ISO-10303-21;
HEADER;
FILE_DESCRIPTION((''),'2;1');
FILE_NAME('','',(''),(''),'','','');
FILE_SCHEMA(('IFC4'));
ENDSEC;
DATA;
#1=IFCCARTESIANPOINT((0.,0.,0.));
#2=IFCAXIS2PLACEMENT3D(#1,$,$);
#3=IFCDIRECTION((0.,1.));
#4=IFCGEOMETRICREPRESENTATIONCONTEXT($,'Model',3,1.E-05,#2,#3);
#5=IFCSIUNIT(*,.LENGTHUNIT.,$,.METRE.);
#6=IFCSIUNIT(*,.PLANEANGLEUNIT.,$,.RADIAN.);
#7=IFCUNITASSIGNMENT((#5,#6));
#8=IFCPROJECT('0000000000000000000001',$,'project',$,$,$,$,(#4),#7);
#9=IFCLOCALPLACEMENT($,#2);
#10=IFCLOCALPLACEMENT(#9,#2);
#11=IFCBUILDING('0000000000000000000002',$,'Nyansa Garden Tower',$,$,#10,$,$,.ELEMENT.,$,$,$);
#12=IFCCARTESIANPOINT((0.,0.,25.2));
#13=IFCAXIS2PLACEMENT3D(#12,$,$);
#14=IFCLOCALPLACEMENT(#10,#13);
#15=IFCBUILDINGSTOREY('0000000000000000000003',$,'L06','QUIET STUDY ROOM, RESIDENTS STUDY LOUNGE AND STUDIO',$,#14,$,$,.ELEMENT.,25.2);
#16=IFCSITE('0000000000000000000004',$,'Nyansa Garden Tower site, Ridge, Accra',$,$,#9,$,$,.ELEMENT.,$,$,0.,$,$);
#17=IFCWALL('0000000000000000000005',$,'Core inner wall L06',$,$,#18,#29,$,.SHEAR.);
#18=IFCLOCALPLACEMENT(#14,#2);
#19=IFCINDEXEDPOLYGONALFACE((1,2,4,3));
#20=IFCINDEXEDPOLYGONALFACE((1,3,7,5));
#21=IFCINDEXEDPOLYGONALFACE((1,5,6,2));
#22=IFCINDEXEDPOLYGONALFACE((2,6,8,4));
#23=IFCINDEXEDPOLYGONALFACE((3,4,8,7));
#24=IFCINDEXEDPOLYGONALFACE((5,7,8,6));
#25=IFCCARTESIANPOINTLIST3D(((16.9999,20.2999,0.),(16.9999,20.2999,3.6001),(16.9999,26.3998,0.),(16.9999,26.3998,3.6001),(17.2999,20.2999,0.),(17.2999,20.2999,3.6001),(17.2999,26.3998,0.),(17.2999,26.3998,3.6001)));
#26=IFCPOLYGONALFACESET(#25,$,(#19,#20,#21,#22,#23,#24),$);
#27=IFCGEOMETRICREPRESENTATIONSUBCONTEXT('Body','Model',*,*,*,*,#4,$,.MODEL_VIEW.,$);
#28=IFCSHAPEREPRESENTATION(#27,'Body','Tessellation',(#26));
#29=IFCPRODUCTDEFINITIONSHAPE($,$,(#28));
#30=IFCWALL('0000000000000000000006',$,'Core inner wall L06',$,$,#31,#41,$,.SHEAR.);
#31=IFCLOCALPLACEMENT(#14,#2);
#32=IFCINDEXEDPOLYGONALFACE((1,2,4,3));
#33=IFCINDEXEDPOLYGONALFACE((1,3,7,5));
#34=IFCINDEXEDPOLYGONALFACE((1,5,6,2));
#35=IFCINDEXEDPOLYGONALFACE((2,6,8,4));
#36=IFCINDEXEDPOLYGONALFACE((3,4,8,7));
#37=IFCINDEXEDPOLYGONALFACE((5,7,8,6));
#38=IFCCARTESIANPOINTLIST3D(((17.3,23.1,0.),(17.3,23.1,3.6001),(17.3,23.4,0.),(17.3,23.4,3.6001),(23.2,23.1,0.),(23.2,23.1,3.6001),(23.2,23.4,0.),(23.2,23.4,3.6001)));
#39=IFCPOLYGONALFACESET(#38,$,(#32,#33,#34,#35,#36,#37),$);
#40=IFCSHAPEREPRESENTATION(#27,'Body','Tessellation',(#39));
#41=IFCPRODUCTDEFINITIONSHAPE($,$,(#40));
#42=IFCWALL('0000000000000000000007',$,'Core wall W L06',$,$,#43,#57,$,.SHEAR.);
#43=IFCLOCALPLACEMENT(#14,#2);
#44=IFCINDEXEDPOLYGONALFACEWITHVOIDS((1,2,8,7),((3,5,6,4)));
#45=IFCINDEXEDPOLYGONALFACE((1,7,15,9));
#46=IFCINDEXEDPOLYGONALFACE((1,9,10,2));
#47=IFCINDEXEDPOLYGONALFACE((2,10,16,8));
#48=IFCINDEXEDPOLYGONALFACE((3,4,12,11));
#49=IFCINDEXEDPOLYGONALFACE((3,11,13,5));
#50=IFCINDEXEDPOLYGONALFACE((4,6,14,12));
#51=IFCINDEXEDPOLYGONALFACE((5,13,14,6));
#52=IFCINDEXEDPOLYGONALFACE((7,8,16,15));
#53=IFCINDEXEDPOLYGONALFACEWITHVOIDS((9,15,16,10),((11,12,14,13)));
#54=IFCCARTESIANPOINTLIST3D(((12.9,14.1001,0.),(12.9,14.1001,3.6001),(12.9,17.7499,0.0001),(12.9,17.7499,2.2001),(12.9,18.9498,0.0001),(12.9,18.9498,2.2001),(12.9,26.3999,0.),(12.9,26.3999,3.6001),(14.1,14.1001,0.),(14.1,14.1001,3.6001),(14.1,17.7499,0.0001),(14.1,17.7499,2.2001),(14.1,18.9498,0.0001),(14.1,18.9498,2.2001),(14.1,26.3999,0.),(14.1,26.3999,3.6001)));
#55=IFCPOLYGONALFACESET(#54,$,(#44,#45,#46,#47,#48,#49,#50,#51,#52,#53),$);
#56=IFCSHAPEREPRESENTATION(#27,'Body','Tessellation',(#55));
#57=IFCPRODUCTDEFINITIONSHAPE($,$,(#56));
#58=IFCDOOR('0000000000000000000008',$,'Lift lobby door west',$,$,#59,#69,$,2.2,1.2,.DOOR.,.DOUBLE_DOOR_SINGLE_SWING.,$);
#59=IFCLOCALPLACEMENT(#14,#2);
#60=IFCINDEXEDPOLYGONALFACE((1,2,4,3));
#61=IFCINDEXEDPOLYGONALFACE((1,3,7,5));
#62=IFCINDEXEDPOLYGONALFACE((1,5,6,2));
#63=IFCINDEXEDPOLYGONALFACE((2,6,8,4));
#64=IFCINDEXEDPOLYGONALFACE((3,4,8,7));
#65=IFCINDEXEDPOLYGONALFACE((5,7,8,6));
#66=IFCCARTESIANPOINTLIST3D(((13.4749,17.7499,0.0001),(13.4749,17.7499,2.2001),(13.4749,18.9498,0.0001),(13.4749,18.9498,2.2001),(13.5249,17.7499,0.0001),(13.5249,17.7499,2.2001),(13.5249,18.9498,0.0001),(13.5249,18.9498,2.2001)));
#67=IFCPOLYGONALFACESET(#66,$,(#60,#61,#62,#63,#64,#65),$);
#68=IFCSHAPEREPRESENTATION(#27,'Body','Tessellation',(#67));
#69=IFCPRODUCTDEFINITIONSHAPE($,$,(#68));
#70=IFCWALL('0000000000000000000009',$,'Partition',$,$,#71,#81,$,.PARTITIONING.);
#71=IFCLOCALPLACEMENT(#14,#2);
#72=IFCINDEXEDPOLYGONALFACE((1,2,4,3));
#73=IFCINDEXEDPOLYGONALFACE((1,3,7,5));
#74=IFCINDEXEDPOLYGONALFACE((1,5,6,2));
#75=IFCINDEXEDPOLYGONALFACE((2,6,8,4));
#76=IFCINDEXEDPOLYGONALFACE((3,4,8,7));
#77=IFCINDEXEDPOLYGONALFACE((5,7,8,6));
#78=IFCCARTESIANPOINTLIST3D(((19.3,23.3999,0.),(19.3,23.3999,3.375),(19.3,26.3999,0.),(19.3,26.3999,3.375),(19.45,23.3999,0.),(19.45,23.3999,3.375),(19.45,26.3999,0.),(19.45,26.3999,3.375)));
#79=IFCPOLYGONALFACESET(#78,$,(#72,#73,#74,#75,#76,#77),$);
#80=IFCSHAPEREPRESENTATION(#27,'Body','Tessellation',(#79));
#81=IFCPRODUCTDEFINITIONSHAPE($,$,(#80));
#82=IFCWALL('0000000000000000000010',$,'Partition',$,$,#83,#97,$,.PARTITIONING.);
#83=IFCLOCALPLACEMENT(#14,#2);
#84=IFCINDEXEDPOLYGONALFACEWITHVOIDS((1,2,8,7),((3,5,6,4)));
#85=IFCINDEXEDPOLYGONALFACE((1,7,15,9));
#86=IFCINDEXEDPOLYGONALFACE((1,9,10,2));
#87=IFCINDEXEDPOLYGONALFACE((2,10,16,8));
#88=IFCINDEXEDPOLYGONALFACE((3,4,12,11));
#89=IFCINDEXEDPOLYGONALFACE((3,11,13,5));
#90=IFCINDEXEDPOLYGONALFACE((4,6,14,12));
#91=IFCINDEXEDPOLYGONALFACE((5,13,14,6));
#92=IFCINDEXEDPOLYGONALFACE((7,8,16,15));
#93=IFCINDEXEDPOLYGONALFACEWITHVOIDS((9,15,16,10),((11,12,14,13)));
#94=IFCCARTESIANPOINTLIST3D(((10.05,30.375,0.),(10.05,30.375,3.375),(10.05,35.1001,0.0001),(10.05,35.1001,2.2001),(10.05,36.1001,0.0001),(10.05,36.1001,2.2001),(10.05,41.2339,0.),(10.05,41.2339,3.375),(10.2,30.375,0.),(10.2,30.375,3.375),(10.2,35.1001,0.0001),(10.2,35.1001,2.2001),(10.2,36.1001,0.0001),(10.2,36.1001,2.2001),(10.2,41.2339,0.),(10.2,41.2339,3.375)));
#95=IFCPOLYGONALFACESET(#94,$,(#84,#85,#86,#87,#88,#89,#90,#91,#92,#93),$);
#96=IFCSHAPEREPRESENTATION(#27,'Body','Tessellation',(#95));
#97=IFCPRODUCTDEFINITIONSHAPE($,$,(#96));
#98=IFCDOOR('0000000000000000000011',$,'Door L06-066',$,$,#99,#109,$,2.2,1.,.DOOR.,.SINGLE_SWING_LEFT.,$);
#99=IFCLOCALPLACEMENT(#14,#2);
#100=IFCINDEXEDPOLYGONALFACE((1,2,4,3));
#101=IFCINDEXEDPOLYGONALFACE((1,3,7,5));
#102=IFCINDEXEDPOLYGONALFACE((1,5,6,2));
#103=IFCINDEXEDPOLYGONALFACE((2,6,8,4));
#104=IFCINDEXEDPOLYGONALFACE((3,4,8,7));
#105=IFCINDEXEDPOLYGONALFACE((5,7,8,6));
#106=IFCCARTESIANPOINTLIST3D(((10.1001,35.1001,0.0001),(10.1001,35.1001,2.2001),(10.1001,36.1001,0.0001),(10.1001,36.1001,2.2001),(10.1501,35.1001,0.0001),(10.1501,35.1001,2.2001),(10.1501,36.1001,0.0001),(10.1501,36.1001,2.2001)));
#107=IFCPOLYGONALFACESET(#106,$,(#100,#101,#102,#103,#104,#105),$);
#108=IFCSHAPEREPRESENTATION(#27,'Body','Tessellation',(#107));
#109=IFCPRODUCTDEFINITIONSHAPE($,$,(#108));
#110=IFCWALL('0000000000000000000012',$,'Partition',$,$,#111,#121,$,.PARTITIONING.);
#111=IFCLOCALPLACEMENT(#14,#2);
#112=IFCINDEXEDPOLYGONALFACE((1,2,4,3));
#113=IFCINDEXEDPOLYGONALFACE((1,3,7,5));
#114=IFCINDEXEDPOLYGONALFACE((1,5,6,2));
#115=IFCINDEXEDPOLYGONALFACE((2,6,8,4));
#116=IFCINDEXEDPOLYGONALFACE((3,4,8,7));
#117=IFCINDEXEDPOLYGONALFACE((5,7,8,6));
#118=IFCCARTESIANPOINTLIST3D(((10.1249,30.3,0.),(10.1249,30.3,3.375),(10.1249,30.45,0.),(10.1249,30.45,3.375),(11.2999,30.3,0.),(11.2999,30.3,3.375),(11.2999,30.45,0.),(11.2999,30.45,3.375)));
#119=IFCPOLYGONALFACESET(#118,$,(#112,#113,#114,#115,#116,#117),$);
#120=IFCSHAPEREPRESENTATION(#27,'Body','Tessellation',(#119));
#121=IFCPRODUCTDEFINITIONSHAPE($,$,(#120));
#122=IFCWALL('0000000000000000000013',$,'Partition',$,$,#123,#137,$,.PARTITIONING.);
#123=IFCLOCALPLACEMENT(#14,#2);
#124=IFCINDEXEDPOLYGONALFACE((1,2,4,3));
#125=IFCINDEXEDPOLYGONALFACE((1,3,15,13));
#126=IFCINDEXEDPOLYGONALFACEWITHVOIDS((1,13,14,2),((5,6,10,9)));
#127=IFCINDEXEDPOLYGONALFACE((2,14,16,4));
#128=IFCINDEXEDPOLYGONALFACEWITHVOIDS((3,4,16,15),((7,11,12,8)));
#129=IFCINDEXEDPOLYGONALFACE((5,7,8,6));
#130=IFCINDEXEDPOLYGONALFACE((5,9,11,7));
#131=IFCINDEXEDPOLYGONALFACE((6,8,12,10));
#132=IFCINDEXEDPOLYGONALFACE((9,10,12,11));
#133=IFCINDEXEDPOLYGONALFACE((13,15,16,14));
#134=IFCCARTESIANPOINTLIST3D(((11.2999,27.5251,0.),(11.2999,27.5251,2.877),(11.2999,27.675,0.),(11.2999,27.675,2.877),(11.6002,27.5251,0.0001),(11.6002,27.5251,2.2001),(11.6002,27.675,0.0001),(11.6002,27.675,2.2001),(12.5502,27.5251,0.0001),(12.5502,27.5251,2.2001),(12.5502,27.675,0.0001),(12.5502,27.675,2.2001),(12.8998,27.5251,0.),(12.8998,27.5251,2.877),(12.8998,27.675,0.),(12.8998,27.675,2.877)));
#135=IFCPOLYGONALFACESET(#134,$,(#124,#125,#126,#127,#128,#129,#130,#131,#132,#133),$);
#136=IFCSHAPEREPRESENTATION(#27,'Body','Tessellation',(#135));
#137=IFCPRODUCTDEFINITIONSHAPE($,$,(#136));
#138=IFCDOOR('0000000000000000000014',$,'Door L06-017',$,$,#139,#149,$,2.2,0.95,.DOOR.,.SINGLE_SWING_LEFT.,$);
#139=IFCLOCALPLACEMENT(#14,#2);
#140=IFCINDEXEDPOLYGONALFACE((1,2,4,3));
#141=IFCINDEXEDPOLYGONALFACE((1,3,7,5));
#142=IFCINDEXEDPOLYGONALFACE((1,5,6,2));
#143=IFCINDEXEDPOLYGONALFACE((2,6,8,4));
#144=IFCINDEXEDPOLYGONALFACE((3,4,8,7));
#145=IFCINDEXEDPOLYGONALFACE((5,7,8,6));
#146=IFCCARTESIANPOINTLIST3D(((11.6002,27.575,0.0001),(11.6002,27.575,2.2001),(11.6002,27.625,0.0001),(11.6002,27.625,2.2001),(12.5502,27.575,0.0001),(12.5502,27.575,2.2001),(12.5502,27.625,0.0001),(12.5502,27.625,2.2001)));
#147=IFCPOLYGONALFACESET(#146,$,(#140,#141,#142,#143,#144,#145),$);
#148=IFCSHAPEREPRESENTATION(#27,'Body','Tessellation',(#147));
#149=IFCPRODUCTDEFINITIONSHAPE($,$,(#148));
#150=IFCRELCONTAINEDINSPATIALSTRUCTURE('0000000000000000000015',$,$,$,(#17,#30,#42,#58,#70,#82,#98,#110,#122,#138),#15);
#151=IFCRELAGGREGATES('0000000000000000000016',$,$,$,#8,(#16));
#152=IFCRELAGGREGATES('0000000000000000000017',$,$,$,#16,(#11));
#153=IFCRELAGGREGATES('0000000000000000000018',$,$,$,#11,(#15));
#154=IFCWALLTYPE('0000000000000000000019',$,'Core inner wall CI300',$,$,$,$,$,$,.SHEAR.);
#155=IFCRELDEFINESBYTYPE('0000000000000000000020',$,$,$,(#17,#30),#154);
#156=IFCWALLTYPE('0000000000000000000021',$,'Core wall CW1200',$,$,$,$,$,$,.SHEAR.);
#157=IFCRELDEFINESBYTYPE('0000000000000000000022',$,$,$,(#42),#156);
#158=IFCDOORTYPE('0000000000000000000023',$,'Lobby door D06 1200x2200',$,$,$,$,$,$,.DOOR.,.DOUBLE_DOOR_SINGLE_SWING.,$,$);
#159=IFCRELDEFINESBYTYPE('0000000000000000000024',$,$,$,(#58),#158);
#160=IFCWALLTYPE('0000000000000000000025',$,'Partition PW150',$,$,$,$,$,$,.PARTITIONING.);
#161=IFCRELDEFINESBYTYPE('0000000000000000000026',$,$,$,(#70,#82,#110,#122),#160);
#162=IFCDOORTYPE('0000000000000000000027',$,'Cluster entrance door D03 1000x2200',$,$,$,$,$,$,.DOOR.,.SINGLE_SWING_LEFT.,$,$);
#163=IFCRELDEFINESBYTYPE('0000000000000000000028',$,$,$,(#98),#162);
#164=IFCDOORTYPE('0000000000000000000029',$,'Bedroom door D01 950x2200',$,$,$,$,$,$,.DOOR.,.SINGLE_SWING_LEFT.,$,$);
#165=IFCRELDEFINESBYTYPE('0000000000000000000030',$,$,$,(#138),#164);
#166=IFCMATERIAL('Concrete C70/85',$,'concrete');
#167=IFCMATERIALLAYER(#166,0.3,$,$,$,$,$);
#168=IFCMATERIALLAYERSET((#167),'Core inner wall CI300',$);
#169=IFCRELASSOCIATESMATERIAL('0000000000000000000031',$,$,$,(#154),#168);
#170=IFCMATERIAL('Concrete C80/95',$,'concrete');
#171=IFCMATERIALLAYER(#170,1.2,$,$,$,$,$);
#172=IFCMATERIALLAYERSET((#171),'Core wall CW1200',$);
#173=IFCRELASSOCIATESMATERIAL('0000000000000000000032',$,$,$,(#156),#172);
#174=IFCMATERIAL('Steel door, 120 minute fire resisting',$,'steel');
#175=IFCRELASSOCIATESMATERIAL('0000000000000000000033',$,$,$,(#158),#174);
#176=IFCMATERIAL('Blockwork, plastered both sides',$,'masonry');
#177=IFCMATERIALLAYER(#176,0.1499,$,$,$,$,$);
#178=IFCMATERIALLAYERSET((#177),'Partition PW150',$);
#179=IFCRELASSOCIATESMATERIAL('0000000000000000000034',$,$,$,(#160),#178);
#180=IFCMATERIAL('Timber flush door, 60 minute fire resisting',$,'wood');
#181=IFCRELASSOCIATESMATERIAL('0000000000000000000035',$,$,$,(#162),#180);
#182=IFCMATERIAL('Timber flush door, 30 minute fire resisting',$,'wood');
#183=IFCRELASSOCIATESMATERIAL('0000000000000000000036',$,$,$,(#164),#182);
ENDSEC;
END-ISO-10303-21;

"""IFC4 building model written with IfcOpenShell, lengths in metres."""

from ifc_helpers import new_model, si_unit, direction, frame, frame_2d, origin, place, context, subcontext, project, spatial, rectangle, extrude, material, layer, layer_set, type_object, element, fill, save


model = new_model("IFC4")

# Units and contexts
model_context = context("Model", 3, precision=1e-05, world=origin(), true_north=direction((0.0, 1.0)))
body_context = subcontext(model_context, "Body", "Model", "MODEL_VIEW")
ifc_project = project(units=[si_unit("LENGTHUNIT", "METRE"), si_unit("PLANEANGLEUNIT", "RADIAN")], contexts=[model_context])

# Site, building, storey
site_placement = place(None, origin())
site = spatial("IfcSite", under=ifc_project, at=site_placement, Name="Nyansa Garden Tower site, Ridge, Accra", CompositionType="ELEMENT", RefElevation=0.0)
building_placement = place(site_placement, origin())
building = spatial("IfcBuilding", under=site, at=building_placement, Name="Nyansa Garden Tower", CompositionType="ELEMENT")
storey_placement = place(building_placement, frame((0.0, 0.0, 25.2)))
storey = spatial("IfcBuildingStorey", under=building, at=storey_placement, Name="L06", Description="QUIET STUDY ROOM, RESIDENTS STUDY LOUNGE AND STUDIO", CompositionType="ELEMENT", Elevation=25.2)

# Walls
ifc_material_1 = material(Name="Concrete C70/85", Category="concrete")
ifc_layer_1 = layer(ifc_material_1, 0.3)
ifc_layer_set_1 = layer_set([ifc_layer_1], Name="Core inner wall CI300")
wall_type_1 = type_object("IfcWallType", Name="Core inner wall CI300", PredefinedType="SHEAR", material=ifc_layer_set_1)
wall_1_placement = place(storey_placement, frame((17.1499, 20.3, 0.0), z_axis=(0.0, 0.0, 1.0), x_axis=(0.0, 1.0, 0.0)))
element("IfcWall", 1, at=wall_1_placement, inside=storey, type_object=wall_type_1, Name="Core inner wall L06", PredefinedType="SHEAR", context=body_context, shape_type="SweptSolid", body=[
    extrude(rectangle(XDim=6.0999, YDim=0.3, at=frame_2d((3.0498, 0.0))), origin(), (0.0, 0.0, 1.0), 3.6001),
])
wall_2_placement = place(storey_placement, frame((17.3, 23.25, 0.0), z_axis=(0.0, 0.0, 1.0), x_axis=(1.0, 0.0, 0.0)))
element("IfcWall", 2, at=wall_2_placement, inside=storey, type_object=wall_type_1, Name="Core inner wall L06", PredefinedType="SHEAR", context=body_context, shape_type="SweptSolid", body=[
    extrude(rectangle(XDim=5.8999, YDim=0.3, at=frame_2d((2.95, 0.0))), origin(), (0.0, 0.0, 1.0), 3.6001),
])

# Wall, opening, door
ifc_material_2 = material(Name="Concrete C80/95", Category="concrete")
ifc_layer_2 = layer(ifc_material_2, 1.2)
ifc_layer_set_2 = layer_set([ifc_layer_2], Name="Core wall CW1200")
wall_type_2 = type_object("IfcWallType", Name="Core wall CW1200", PredefinedType="SHEAR", material=ifc_layer_set_2)
wall_3_placement = place(storey_placement, frame((13.5, 26.3999, 0.0), z_axis=(0.0, 0.0, 1.0), x_axis=(0.0, -1.0, 0.0)))
wall_3 = element("IfcWall", 3, at=wall_3_placement, inside=storey, type_object=wall_type_2, Name="Core wall W L06", PredefinedType="SHEAR", context=body_context, shape_type="SweptSolid", body=[
    extrude(rectangle(XDim=12.2998, YDim=1.2, at=frame_2d((6.1499, 0.0))), origin(), (0.0, 0.0, 1.0), 3.6001),
])
opening_1_placement = place(wall_3_placement, frame((7.45, 0.0, 0.0)))
opening_1 = element("IfcOpeningElement", 4, at=opening_1_placement, cuts=wall_3, PredefinedType="OPENING", context=body_context, shape_type="SweptSolid", body=[
    extrude(rectangle(XDim=1.2, YDim=2.2, at=frame_2d((0.6001, 1.1001))), frame((0.0, 0.6099, 0.0), z_axis=(0.0, -1.0, 0.0), x_axis=(1.0, 0.0, 0.0)), (0.0, 0.0, 1.0), 1.22),
])
ifc_material_3 = material(Name="Steel door, 120 minute fire resisting", Category="steel")
door_type_1 = type_object("IfcDoorType", Name="Lobby door D06 1200x2200", OperationType="DOUBLE_DOOR_SINGLE_SWING", PredefinedType="DOOR", material=ifc_material_3)
door_1_placement = place(opening_1_placement, origin())
door_1 = element("IfcDoor", 5, at=door_1_placement, inside=storey, type_object=door_type_1, Name="Lift lobby door west", OperationType="DOUBLE_DOOR_SINGLE_SWING", OverallHeight=2.2, OverallWidth=1.2, PredefinedType="DOOR", context=body_context, shape_type="SweptSolid", body=[
    extrude(rectangle(XDim=1.2, YDim=2.2, at=frame_2d((0.6001, 1.1001))), frame((0.0, 0.0249, 0.0), z_axis=(0.0, -1.0, 0.0), x_axis=(1.0, 0.0, 0.0)), (0.0, 0.0, 1.0), 0.05),
])
fill(opening_1, door_1)

# Wall
ifc_material_4 = material(Name="Blockwork, plastered both sides", Category="masonry")
ifc_layer_3 = layer(ifc_material_4, 0.1499)
ifc_layer_set_3 = layer_set([ifc_layer_3], Name="Partition PW150")
wall_type_3 = type_object("IfcWallType", Name="Partition PW150", PredefinedType="PARTITIONING", material=ifc_layer_set_3)
wall_4_placement = place(storey_placement, frame((19.375, 23.3999, 0.0), z_axis=(0.0, 0.0, 1.0), x_axis=(0.0, 1.0, 0.0)))
element("IfcWall", 6, at=wall_4_placement, inside=storey, type_object=wall_type_3, Name="Partition", PredefinedType="PARTITIONING", context=body_context, shape_type="SweptSolid", body=[
    extrude(rectangle(XDim=3.0, YDim=0.1499, at=frame_2d((1.5, 0.0))), origin(), (0.0, 0.0, 1.0), 3.375),
])

# Wall, opening, door
wall_5_placement = place(storey_placement, frame((10.125, 30.375, 0.0), z_axis=(0.0, 0.0, 1.0), x_axis=(0.0, 1.0, 0.0)))
wall_5 = element("IfcWall", 7, at=wall_5_placement, inside=storey, type_object=wall_type_3, Name="Partition", PredefinedType="PARTITIONING", context=body_context, shape_type="SweptSolid", body=[
    extrude(rectangle(XDim=10.8589, YDim=0.1499, at=frame_2d((5.4294, 0.0))), origin(), (0.0, 0.0, 1.0), 3.375),
])
opening_2_placement = place(wall_5_placement, frame((4.7251, 0.0, 0.0)))
opening_2 = element("IfcOpeningElement", 8, at=opening_2_placement, cuts=wall_5, PredefinedType="OPENING", context=body_context, shape_type="SweptSolid", body=[
    extrude(rectangle(XDim=1.0, YDim=2.2, at=frame_2d((0.5, 1.1001))), frame((0.0, 0.085, 0.0), z_axis=(0.0, -1.0, 0.0), x_axis=(1.0, 0.0, 0.0)), (0.0, 0.0, 1.0), 0.1699),
])
ifc_material_5 = material(Name="Timber flush door, 60 minute fire resisting", Category="wood")
door_type_2 = type_object("IfcDoorType", Name="Cluster entrance door D03 1000x2200", OperationType="SINGLE_SWING_LEFT", PredefinedType="DOOR", material=ifc_material_5)
door_2_placement = place(opening_2_placement, origin())
door_2 = element("IfcDoor", 9, at=door_2_placement, inside=storey, type_object=door_type_2, Name="Door L06-066", OperationType="SINGLE_SWING_LEFT", OverallHeight=2.2, OverallWidth=1.0, PredefinedType="DOOR", context=body_context, shape_type="SweptSolid", body=[
    extrude(rectangle(XDim=1.0, YDim=2.2, at=frame_2d((0.5, 1.1001))), frame((0.0, 0.0249, 0.0), z_axis=(0.0, -1.0, 0.0), x_axis=(1.0, 0.0, 0.0)), (0.0, 0.0, 1.0), 0.05),
])
fill(opening_2, door_2)

# Wall
wall_6_placement = place(storey_placement, frame((10.125, 30.375, 0.0), z_axis=(0.0, 0.0, 1.0), x_axis=(1.0, 0.0, 0.0)))
element("IfcWall", 10, at=wall_6_placement, inside=storey, type_object=wall_type_3, Name="Partition", PredefinedType="PARTITIONING", context=body_context, shape_type="SweptSolid", body=[
    extrude(rectangle(XDim=1.175, YDim=0.1499, at=frame_2d((0.5874, 0.0))), origin(), (0.0, 0.0, 1.0), 3.375),
])

# Wall, opening, door
wall_7_placement = place(storey_placement, frame((11.3, 27.6001, 0.0), z_axis=(0.0, 0.0, 1.0), x_axis=(1.0, 0.0, 0.0)))
wall_7 = element("IfcWall", 11, at=wall_7_placement, inside=storey, type_object=wall_type_3, Name="Partition", PredefinedType="PARTITIONING", context=body_context, shape_type="SweptSolid", body=[
    extrude(rectangle(XDim=1.5999, YDim=0.1499, at=frame_2d((0.7998, 0.0))), origin(), (0.0, 0.0, 1.0), 2.877),
])
opening_3_placement = place(wall_7_placement, frame((0.3, 0.0, 0.0)))
opening_3 = element("IfcOpeningElement", 12, at=opening_3_placement, cuts=wall_7, PredefinedType="OPENING", context=body_context, shape_type="SweptSolid", body=[
    extrude(rectangle(XDim=0.95, YDim=2.2, at=frame_2d((0.4751, 1.1001))), frame((0.0, 0.085, 0.0), z_axis=(0.0, -1.0, 0.0), x_axis=(1.0, 0.0, 0.0)), (0.0, 0.0, 1.0), 0.1699),
])
ifc_material_6 = material(Name="Timber flush door, 30 minute fire resisting", Category="wood")
door_type_3 = type_object("IfcDoorType", Name="Bedroom door D01 950x2200", OperationType="SINGLE_SWING_LEFT", PredefinedType="DOOR", material=ifc_material_6)
door_3_placement = place(opening_3_placement, origin())
door_3 = element("IfcDoor", 13, at=door_3_placement, inside=storey, type_object=door_type_3, Name="Door L06-017", OperationType="SINGLE_SWING_LEFT", OverallHeight=2.2, OverallWidth=0.95, PredefinedType="DOOR", context=body_context, shape_type="SweptSolid", body=[
    extrude(rectangle(XDim=0.95, YDim=2.2, at=frame_2d((0.4751, 1.1001))), frame((0.0, 0.0249, 0.0), z_axis=(0.0, -1.0, 0.0), x_axis=(1.0, 0.0, 0.0)), (0.0, 0.0, 1.0), 0.05),
])
fill(opening_3, door_3)

save(model, "model.ifc")
